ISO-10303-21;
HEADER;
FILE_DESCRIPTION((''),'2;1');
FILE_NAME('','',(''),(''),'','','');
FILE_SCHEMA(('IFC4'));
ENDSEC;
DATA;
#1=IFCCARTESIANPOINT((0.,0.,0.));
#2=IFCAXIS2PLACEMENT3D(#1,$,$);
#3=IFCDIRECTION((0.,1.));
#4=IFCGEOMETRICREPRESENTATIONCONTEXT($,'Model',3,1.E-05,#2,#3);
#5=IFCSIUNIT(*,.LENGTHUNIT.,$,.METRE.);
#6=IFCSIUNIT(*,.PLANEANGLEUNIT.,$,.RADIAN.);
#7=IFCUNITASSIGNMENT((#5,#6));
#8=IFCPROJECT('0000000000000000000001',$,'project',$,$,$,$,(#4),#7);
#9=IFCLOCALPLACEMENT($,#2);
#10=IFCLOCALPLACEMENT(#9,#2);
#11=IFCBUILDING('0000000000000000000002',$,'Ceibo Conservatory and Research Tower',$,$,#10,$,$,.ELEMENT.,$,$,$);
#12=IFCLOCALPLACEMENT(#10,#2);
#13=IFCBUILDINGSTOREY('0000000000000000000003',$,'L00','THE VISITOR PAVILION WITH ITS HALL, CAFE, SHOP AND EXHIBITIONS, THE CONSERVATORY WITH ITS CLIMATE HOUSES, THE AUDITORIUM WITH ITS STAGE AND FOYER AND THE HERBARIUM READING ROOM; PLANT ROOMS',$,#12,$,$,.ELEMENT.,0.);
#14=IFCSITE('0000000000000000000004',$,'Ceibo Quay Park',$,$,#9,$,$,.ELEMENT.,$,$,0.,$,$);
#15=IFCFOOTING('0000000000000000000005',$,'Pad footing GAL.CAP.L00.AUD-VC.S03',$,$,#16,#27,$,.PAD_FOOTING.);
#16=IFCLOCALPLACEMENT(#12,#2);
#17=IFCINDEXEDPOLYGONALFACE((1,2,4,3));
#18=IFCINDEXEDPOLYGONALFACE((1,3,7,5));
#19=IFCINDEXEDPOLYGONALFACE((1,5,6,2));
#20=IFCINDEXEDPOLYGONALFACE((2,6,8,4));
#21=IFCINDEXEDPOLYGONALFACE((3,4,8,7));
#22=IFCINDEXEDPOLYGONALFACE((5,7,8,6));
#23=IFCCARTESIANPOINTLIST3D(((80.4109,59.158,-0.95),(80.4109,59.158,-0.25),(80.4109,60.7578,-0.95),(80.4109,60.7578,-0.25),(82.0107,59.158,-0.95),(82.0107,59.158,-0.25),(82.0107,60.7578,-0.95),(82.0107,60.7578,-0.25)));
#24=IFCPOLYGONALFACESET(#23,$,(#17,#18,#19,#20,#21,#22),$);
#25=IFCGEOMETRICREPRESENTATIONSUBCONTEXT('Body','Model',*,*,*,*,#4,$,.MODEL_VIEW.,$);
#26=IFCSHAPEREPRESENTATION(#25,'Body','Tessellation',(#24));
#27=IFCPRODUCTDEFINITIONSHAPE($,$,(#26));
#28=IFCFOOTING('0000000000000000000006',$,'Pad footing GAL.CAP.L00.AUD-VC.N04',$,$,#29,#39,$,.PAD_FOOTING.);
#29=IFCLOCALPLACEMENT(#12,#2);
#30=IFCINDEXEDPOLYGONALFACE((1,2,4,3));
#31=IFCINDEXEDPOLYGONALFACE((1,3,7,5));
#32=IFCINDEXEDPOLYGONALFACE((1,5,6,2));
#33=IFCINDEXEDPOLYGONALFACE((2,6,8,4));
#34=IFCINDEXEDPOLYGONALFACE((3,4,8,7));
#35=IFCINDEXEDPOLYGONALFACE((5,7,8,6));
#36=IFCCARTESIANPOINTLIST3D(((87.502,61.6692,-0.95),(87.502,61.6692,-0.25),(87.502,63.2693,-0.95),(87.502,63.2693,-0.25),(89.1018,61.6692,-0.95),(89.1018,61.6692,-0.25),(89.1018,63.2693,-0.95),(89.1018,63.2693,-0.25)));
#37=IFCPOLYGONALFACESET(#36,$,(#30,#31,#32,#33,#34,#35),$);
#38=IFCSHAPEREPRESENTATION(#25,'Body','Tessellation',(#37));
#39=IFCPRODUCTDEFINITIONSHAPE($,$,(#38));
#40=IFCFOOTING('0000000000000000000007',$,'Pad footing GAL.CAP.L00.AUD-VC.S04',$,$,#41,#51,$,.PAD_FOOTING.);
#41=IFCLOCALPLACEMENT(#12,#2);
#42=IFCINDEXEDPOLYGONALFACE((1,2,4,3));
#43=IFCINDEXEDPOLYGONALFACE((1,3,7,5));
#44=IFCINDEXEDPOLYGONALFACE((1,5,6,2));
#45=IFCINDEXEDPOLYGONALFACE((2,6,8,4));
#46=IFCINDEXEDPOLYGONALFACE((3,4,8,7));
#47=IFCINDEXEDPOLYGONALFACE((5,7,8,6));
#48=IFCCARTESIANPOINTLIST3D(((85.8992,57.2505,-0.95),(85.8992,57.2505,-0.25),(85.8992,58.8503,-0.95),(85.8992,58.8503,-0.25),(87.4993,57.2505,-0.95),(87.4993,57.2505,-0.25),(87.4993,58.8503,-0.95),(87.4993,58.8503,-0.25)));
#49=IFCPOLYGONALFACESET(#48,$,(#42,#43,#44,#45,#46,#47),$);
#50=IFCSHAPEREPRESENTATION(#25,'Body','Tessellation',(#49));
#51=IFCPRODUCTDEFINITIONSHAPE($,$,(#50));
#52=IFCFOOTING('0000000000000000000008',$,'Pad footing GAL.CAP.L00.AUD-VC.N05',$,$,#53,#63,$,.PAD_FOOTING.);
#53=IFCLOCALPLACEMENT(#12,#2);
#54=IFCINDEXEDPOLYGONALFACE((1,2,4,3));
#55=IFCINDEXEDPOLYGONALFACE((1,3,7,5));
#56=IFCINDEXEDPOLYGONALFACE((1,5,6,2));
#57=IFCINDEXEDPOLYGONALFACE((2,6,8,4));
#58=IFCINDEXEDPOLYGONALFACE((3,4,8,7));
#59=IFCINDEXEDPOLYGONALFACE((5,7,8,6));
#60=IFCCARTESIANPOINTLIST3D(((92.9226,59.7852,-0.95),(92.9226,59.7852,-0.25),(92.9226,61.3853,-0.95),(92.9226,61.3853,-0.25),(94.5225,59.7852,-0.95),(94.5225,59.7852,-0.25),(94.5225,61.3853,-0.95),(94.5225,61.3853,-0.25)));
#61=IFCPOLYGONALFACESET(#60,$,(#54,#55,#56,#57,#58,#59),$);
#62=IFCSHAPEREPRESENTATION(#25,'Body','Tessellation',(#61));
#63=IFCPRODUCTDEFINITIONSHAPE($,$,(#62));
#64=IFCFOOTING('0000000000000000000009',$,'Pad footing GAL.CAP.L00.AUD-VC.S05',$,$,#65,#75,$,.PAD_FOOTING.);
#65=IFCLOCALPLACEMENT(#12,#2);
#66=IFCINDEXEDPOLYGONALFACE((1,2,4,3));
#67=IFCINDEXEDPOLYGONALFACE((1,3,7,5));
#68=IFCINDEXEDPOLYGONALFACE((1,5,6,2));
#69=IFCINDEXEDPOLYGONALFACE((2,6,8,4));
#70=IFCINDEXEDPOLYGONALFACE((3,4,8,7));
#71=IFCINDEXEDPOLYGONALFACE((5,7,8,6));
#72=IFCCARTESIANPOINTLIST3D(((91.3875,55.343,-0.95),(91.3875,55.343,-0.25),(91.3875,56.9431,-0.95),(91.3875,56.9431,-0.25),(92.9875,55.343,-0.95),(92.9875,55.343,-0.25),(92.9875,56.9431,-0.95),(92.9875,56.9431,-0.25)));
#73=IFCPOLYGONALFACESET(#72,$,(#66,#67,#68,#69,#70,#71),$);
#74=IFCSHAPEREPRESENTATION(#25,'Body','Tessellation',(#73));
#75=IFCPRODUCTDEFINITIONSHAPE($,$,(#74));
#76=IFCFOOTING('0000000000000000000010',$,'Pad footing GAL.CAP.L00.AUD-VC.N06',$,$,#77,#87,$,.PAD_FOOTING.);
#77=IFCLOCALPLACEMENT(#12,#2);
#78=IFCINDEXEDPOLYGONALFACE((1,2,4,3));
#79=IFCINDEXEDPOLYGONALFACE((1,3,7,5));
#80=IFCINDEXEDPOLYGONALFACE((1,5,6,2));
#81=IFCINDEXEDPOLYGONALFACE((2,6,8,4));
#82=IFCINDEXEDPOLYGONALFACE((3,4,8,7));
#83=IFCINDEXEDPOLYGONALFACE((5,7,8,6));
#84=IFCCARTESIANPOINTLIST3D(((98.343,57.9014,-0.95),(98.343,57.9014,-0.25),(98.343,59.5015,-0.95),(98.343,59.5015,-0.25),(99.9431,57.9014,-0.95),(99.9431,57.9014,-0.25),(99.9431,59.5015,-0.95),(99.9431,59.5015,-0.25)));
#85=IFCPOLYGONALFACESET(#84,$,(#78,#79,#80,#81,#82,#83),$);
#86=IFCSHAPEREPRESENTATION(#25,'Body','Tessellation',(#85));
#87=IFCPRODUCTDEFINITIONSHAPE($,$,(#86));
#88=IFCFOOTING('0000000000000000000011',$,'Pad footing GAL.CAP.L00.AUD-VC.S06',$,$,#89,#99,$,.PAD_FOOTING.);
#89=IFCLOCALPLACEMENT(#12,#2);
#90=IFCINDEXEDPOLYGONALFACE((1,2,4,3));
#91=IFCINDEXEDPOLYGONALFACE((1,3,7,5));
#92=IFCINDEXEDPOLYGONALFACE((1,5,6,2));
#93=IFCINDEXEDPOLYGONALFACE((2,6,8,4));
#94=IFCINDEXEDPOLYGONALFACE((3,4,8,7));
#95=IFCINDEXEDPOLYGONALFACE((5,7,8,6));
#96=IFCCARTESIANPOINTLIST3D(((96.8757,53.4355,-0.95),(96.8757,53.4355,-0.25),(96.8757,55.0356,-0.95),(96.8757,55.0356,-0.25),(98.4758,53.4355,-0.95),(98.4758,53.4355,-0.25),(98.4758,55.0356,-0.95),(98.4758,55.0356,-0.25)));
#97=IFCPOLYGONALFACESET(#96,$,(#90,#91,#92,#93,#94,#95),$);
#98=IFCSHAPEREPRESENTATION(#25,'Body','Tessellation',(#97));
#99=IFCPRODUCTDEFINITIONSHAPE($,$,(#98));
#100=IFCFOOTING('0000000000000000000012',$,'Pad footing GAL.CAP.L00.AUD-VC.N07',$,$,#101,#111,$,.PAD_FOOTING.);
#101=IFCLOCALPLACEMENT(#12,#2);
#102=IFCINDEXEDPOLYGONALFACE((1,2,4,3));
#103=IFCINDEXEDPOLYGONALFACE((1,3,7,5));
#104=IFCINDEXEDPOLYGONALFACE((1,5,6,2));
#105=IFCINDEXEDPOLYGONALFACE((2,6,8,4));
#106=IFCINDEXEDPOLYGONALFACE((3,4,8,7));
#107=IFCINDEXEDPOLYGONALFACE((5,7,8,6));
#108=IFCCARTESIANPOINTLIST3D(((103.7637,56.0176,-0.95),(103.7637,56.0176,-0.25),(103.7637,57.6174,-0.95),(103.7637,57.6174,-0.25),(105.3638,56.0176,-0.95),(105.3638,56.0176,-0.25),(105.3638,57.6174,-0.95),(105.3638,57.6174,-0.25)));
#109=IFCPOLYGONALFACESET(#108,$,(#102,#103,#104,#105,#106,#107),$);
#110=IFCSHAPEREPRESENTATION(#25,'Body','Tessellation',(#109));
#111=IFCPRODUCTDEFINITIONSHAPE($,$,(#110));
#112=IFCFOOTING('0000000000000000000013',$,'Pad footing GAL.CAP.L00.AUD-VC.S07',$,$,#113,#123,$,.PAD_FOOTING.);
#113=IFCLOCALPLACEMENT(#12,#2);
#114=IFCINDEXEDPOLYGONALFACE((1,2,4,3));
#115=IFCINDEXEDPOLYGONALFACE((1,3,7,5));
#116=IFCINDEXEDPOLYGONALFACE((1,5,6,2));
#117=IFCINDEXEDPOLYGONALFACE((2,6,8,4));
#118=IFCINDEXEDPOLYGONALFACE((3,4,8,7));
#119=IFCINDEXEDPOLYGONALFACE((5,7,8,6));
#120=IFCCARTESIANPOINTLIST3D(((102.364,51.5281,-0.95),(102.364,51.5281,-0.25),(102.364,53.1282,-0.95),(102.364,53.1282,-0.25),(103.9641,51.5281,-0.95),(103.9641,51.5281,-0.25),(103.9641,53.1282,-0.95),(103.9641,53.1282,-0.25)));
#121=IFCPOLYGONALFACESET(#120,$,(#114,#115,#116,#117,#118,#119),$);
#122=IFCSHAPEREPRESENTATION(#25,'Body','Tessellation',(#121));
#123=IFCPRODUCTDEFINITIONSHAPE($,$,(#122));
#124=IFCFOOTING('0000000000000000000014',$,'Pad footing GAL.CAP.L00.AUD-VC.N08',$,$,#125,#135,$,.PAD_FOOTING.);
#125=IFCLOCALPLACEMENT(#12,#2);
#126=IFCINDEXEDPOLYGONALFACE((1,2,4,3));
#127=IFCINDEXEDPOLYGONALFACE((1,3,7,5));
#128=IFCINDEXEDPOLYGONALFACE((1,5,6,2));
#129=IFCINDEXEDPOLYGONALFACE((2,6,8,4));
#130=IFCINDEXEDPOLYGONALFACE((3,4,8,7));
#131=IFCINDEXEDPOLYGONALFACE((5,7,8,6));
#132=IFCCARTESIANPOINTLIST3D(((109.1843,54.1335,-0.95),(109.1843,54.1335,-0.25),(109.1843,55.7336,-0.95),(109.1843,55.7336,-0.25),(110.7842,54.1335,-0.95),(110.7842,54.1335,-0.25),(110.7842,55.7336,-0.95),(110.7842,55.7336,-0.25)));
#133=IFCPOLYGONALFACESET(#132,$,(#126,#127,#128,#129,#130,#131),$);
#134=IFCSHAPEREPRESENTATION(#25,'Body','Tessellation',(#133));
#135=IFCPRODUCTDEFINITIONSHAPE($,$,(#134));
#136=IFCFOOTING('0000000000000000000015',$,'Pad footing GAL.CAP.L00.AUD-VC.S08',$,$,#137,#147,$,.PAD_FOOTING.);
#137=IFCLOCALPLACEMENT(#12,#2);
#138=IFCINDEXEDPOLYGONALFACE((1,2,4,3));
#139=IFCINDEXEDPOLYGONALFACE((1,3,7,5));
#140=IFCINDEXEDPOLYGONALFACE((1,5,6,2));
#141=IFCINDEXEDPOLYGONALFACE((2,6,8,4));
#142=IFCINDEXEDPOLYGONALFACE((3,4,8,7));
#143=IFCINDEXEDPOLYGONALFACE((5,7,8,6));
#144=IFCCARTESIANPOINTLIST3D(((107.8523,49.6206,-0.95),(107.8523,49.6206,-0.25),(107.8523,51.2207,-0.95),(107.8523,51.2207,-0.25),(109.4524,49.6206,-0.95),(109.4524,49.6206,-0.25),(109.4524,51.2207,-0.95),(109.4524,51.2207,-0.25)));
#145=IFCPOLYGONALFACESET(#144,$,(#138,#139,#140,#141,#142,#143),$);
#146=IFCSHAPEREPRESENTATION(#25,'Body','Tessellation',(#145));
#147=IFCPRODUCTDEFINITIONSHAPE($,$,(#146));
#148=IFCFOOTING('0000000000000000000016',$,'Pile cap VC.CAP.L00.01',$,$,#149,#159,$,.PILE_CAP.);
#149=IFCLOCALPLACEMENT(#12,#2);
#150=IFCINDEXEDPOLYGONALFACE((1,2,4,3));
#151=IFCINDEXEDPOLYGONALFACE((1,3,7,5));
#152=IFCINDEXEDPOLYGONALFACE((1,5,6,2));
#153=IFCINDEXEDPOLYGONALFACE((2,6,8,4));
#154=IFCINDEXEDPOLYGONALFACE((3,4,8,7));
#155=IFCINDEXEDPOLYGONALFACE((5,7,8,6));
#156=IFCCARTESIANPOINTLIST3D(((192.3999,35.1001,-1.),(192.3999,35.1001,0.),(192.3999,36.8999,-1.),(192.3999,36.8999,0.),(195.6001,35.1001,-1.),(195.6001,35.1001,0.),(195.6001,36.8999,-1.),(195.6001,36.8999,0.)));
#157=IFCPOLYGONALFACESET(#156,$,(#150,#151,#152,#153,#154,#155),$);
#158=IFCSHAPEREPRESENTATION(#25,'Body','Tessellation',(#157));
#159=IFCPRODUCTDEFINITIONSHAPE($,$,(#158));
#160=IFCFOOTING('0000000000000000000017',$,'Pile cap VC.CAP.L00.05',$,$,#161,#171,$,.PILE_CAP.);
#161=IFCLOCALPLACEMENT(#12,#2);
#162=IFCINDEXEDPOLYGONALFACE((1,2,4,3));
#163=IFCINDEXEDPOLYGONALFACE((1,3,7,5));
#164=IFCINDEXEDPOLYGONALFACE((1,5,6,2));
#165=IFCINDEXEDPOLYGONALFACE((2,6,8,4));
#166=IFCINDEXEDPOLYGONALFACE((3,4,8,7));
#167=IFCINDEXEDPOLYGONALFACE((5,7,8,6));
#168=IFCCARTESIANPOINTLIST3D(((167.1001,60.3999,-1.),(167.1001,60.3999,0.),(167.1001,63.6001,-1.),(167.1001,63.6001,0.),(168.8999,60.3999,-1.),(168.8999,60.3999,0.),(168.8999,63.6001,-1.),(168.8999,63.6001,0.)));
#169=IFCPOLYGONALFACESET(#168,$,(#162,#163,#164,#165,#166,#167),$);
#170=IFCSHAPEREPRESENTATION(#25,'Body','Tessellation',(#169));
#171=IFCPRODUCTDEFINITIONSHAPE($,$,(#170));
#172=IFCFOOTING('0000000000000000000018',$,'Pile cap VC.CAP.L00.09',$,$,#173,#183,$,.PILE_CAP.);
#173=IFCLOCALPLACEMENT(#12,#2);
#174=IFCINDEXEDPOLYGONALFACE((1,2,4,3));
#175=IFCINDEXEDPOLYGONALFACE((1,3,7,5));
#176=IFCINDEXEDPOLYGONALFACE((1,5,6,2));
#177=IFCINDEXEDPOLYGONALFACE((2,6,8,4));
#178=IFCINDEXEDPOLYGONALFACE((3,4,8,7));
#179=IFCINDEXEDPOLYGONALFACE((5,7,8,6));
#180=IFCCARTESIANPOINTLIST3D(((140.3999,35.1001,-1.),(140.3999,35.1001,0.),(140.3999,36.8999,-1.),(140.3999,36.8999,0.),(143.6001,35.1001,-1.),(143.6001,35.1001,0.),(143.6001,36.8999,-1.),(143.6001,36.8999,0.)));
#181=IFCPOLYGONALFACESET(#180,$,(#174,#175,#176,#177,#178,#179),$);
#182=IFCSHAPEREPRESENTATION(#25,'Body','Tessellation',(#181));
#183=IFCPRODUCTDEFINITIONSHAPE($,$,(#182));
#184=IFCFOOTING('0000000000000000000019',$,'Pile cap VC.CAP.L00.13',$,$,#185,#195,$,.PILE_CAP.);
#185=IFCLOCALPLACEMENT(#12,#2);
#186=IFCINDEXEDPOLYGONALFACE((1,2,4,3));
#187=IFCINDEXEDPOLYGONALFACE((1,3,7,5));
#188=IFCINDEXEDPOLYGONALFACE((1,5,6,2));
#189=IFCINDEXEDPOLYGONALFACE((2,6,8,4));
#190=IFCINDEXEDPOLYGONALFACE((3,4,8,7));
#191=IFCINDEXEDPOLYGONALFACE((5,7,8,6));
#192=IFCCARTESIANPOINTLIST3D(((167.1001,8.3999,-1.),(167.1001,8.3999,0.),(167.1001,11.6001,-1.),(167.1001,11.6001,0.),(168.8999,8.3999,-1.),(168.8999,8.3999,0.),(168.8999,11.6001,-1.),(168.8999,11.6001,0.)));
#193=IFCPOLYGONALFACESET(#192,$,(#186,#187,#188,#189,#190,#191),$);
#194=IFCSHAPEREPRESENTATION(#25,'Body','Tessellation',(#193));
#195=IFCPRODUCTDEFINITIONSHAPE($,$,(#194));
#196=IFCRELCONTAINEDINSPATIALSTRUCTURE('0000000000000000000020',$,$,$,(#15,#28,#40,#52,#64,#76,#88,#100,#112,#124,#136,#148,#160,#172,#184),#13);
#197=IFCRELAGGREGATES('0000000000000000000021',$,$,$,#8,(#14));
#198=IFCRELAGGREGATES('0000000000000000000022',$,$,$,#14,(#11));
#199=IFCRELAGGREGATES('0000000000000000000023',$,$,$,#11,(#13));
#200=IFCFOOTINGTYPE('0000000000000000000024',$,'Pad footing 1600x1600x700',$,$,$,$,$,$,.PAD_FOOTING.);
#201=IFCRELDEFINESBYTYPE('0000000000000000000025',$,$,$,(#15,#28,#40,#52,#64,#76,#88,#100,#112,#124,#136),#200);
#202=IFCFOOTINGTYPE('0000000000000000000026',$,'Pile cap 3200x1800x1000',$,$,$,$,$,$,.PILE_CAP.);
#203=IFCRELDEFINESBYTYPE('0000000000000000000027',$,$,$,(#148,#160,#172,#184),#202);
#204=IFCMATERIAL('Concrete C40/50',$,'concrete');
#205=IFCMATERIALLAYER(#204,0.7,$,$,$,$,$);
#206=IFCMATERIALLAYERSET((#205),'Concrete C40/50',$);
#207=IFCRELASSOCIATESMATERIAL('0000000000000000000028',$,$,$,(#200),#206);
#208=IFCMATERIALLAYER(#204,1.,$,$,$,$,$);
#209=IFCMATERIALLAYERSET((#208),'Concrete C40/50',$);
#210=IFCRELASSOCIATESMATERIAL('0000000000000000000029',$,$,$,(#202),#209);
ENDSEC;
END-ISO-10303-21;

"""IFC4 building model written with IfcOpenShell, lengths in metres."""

from ifc_helpers import new_model, si_unit, direction, frame, origin, place, context, subcontext, project, spatial, polyline, outline, extrude, material, layer, layer_set, type_object, element, save


model = new_model("IFC4")

# Units and contexts
model_context = context("Model", 3, precision=1e-05, world=origin(), true_north=direction((0.0, 1.0)))
body_context = subcontext(model_context, "Body", "Model", "MODEL_VIEW")
ifc_project = project(units=[si_unit("LENGTHUNIT", "METRE"), si_unit("PLANEANGLEUNIT", "RADIAN")], contexts=[model_context])

# Site, building, storey
site_placement = place(None, origin())
site = spatial("IfcSite", under=ifc_project, at=site_placement, Name="Ceibo Quay Park", CompositionType="ELEMENT", RefElevation=0.0)
building_placement = place(site_placement, origin())
building = spatial("IfcBuilding", under=site, at=building_placement, Name="Ceibo Conservatory and Research Tower", CompositionType="ELEMENT")
storey_placement = place(building_placement, origin())
storey = spatial("IfcBuildingStorey", under=building, at=storey_placement, Name="L00", Description="THE VISITOR PAVILION WITH ITS HALL, CAFE, SHOP AND EXHIBITIONS, THE CONSERVATORY WITH ITS CLIMATE HOUSES, THE AUDITORIUM WITH ITS STAGE AND FOYER AND THE HERBARIUM READING ROOM; PLANT ROOMS", CompositionType="ELEMENT", Elevation=0.0)

# Footings
ifc_material = material(Name="Concrete C40/50", Category="concrete")
ifc_layer_1 = layer(ifc_material, 0.7)
ifc_layer_set_1 = layer_set([ifc_layer_1], Name="Concrete C40/50")
footing_type_1 = type_object("IfcFootingType", Name="Pad footing 1600x1600x700", PredefinedType="PAD_FOOTING", material=ifc_layer_set_1)
footing_1_placement = place(storey_placement, frame((0.0, 0.0, -0.95)))
element("IfcFooting", 1, at=footing_1_placement, inside=storey, type_object=footing_type_1, Name="Pad footing GAL.CAP.L00.AUD-VC.S03", PredefinedType="PAD_FOOTING", context=body_context, shape_type="SweptSolid", body=[
    extrude(outline(polyline([(80.4109, 59.158), (82.0107, 59.158), (82.0107, 60.7578), (80.4109, 60.7578), (80.4109, 59.158)])), origin(), (0.0, 0.0, 1.0), 0.7),
])
footing_2_placement = place(storey_placement, frame((0.0, 0.0, -0.95)))
element("IfcFooting", 2, at=footing_2_placement, inside=storey, type_object=footing_type_1, Name="Pad footing GAL.CAP.L00.AUD-VC.N04", PredefinedType="PAD_FOOTING", context=body_context, shape_type="SweptSolid", body=[
    extrude(outline(polyline([(87.502, 61.6692), (89.1018, 61.6692), (89.1018, 63.2693), (87.502, 63.2693), (87.502, 61.6692)])), origin(), (0.0, 0.0, 1.0), 0.7),
])
footing_3_placement = place(storey_placement, frame((0.0, 0.0, -0.95)))
element("IfcFooting", 3, at=footing_3_placement, inside=storey, type_object=footing_type_1, Name="Pad footing GAL.CAP.L00.AUD-VC.S04", PredefinedType="PAD_FOOTING", context=body_context, shape_type="SweptSolid", body=[
    extrude(outline(polyline([(85.8992, 57.2505), (87.4993, 57.2505), (87.4993, 58.8503), (85.8992, 58.8503), (85.8992, 57.2505)])), origin(), (0.0, 0.0, 1.0), 0.7),
])
footing_4_placement = place(storey_placement, frame((0.0, 0.0, -0.95)))
element("IfcFooting", 4, at=footing_4_placement, inside=storey, type_object=footing_type_1, Name="Pad footing GAL.CAP.L00.AUD-VC.N05", PredefinedType="PAD_FOOTING", context=body_context, shape_type="SweptSolid", body=[
    extrude(outline(polyline([(92.9226, 59.7852), (94.5225, 59.7852), (94.5225, 61.3853), (92.9226, 61.3853), (92.9226, 59.7852)])), origin(), (0.0, 0.0, 1.0), 0.7),
])
footing_5_placement = place(storey_placement, frame((0.0, 0.0, -0.95)))
element("IfcFooting", 5, at=footing_5_placement, inside=storey, type_object=footing_type_1, Name="Pad footing GAL.CAP.L00.AUD-VC.S05", PredefinedType="PAD_FOOTING", context=body_context, shape_type="SweptSolid", body=[
    extrude(outline(polyline([(91.3875, 55.343), (92.9875, 55.343), (92.9875, 56.9431), (91.3875, 56.9431), (91.3875, 55.343)])), origin(), (0.0, 0.0, 1.0), 0.7),
])
footing_6_placement = place(storey_placement, frame((0.0, 0.0, -0.95)))
element("IfcFooting", 6, at=footing_6_placement, inside=storey, type_object=footing_type_1, Name="Pad footing GAL.CAP.L00.AUD-VC.N06", PredefinedType="PAD_FOOTING", context=body_context, shape_type="SweptSolid", body=[
    extrude(outline(polyline([(98.343, 57.9014), (99.9431, 57.9014), (99.9431, 59.5015), (98.343, 59.5015), (98.343, 57.9014)])), origin(), (0.0, 0.0, 1.0), 0.7),
])
footing_7_placement = place(storey_placement, frame((0.0, 0.0, -0.95)))
element("IfcFooting", 7, at=footing_7_placement, inside=storey, type_object=footing_type_1, Name="Pad footing GAL.CAP.L00.AUD-VC.S06", PredefinedType="PAD_FOOTING", context=body_context, shape_type="SweptSolid", body=[
    extrude(outline(polyline([(96.8757, 53.4355), (98.4758, 53.4355), (98.4758, 55.0356), (96.8757, 55.0356), (96.8757, 53.4355)])), origin(), (0.0, 0.0, 1.0), 0.7),
])
footing_8_placement = place(storey_placement, frame((0.0, 0.0, -0.95)))
element("IfcFooting", 8, at=footing_8_placement, inside=storey, type_object=footing_type_1, Name="Pad footing GAL.CAP.L00.AUD-VC.N07", PredefinedType="PAD_FOOTING", context=body_context, shape_type="SweptSolid", body=[
    extrude(outline(polyline([(103.7637, 56.0176), (105.3638, 56.0176), (105.3638, 57.6174), (103.7637, 57.6174), (103.7637, 56.0176)])), origin(), (0.0, 0.0, 1.0), 0.7),
])
footing_9_placement = place(storey_placement, frame((0.0, 0.0, -0.95)))
element("IfcFooting", 9, at=footing_9_placement, inside=storey, type_object=footing_type_1, Name="Pad footing GAL.CAP.L00.AUD-VC.S07", PredefinedType="PAD_FOOTING", context=body_context, shape_type="SweptSolid", body=[
    extrude(outline(polyline([(102.364, 51.5281), (103.9641, 51.5281), (103.9641, 53.1282), (102.364, 53.1282), (102.364, 51.5281)])), origin(), (0.0, 0.0, 1.0), 0.7),
])
footing_10_placement = place(storey_placement, frame((0.0, 0.0, -0.95)))
element("IfcFooting", 10, at=footing_10_placement, inside=storey, type_object=footing_type_1, Name="Pad footing GAL.CAP.L00.AUD-VC.N08", PredefinedType="PAD_FOOTING", context=body_context, shape_type="SweptSolid", body=[
    extrude(outline(polyline([(109.1843, 54.1335), (110.7842, 54.1335), (110.7842, 55.7336), (109.1843, 55.7336), (109.1843, 54.1335)])), origin(), (0.0, 0.0, 1.0), 0.7),
])
footing_11_placement = place(storey_placement, frame((0.0, 0.0, -0.95)))
element("IfcFooting", 11, at=footing_11_placement, inside=storey, type_object=footing_type_1, Name="Pad footing GAL.CAP.L00.AUD-VC.S08", PredefinedType="PAD_FOOTING", context=body_context, shape_type="SweptSolid", body=[
    extrude(outline(polyline([(107.8523, 49.6206), (109.4524, 49.6206), (109.4524, 51.2207), (107.8523, 51.2207), (107.8523, 49.6206)])), origin(), (0.0, 0.0, 1.0), 0.7),
])
ifc_layer_2 = layer(ifc_material, 1.0)
ifc_layer_set_2 = layer_set([ifc_layer_2], Name="Concrete C40/50")
footing_type_2 = type_object("IfcFootingType", Name="Pile cap 3200x1800x1000", PredefinedType="PILE_CAP", material=ifc_layer_set_2)
footing_12_placement = place(storey_placement, frame((0.0, 0.0, -1.0)))
element("IfcFooting", 12, at=footing_12_placement, inside=storey, type_object=footing_type_2, Name="Pile cap VC.CAP.L00.01", PredefinedType="PILE_CAP", context=body_context, shape_type="SweptSolid", body=[
    extrude(outline(polyline([(192.3999, 35.1001), (195.6001, 35.1001), (195.6001, 36.8999), (192.3999, 36.8999), (192.3999, 35.1001)])), origin(), (0.0, 0.0, 1.0), 1.0),
])
footing_13_placement = place(storey_placement, frame((0.0, 0.0, -1.0)))
element("IfcFooting", 13, at=footing_13_placement, inside=storey, type_object=footing_type_2, Name="Pile cap VC.CAP.L00.05", PredefinedType="PILE_CAP", context=body_context, shape_type="SweptSolid", body=[
    extrude(outline(polyline([(168.8999, 60.3999), (168.8999, 63.6001), (167.1001, 63.6001), (167.1001, 60.3999), (168.8999, 60.3999)])), origin(), (0.0, 0.0, 1.0), 1.0),
])
footing_14_placement = place(storey_placement, frame((0.0, 0.0, -1.0)))
element("IfcFooting", 14, at=footing_14_placement, inside=storey, type_object=footing_type_2, Name="Pile cap VC.CAP.L00.09", PredefinedType="PILE_CAP", context=body_context, shape_type="SweptSolid", body=[
    extrude(outline(polyline([(143.6001, 36.8999), (140.3999, 36.8999), (140.3999, 35.1001), (143.6001, 35.1001), (143.6001, 36.8999)])), origin(), (0.0, 0.0, 1.0), 1.0),
])
footing_15_placement = place(storey_placement, frame((0.0, 0.0, -1.0)))
element("IfcFooting", 15, at=footing_15_placement, inside=storey, type_object=footing_type_2, Name="Pile cap VC.CAP.L00.13", PredefinedType="PILE_CAP", context=body_context, shape_type="SweptSolid", body=[
    extrude(outline(polyline([(167.1001, 11.6001), (167.1001, 8.3999), (168.8999, 8.3999), (168.8999, 11.6001), (167.1001, 11.6001)])), origin(), (0.0, 0.0, 1.0), 1.0),
])

save(model, "model.ifc")
